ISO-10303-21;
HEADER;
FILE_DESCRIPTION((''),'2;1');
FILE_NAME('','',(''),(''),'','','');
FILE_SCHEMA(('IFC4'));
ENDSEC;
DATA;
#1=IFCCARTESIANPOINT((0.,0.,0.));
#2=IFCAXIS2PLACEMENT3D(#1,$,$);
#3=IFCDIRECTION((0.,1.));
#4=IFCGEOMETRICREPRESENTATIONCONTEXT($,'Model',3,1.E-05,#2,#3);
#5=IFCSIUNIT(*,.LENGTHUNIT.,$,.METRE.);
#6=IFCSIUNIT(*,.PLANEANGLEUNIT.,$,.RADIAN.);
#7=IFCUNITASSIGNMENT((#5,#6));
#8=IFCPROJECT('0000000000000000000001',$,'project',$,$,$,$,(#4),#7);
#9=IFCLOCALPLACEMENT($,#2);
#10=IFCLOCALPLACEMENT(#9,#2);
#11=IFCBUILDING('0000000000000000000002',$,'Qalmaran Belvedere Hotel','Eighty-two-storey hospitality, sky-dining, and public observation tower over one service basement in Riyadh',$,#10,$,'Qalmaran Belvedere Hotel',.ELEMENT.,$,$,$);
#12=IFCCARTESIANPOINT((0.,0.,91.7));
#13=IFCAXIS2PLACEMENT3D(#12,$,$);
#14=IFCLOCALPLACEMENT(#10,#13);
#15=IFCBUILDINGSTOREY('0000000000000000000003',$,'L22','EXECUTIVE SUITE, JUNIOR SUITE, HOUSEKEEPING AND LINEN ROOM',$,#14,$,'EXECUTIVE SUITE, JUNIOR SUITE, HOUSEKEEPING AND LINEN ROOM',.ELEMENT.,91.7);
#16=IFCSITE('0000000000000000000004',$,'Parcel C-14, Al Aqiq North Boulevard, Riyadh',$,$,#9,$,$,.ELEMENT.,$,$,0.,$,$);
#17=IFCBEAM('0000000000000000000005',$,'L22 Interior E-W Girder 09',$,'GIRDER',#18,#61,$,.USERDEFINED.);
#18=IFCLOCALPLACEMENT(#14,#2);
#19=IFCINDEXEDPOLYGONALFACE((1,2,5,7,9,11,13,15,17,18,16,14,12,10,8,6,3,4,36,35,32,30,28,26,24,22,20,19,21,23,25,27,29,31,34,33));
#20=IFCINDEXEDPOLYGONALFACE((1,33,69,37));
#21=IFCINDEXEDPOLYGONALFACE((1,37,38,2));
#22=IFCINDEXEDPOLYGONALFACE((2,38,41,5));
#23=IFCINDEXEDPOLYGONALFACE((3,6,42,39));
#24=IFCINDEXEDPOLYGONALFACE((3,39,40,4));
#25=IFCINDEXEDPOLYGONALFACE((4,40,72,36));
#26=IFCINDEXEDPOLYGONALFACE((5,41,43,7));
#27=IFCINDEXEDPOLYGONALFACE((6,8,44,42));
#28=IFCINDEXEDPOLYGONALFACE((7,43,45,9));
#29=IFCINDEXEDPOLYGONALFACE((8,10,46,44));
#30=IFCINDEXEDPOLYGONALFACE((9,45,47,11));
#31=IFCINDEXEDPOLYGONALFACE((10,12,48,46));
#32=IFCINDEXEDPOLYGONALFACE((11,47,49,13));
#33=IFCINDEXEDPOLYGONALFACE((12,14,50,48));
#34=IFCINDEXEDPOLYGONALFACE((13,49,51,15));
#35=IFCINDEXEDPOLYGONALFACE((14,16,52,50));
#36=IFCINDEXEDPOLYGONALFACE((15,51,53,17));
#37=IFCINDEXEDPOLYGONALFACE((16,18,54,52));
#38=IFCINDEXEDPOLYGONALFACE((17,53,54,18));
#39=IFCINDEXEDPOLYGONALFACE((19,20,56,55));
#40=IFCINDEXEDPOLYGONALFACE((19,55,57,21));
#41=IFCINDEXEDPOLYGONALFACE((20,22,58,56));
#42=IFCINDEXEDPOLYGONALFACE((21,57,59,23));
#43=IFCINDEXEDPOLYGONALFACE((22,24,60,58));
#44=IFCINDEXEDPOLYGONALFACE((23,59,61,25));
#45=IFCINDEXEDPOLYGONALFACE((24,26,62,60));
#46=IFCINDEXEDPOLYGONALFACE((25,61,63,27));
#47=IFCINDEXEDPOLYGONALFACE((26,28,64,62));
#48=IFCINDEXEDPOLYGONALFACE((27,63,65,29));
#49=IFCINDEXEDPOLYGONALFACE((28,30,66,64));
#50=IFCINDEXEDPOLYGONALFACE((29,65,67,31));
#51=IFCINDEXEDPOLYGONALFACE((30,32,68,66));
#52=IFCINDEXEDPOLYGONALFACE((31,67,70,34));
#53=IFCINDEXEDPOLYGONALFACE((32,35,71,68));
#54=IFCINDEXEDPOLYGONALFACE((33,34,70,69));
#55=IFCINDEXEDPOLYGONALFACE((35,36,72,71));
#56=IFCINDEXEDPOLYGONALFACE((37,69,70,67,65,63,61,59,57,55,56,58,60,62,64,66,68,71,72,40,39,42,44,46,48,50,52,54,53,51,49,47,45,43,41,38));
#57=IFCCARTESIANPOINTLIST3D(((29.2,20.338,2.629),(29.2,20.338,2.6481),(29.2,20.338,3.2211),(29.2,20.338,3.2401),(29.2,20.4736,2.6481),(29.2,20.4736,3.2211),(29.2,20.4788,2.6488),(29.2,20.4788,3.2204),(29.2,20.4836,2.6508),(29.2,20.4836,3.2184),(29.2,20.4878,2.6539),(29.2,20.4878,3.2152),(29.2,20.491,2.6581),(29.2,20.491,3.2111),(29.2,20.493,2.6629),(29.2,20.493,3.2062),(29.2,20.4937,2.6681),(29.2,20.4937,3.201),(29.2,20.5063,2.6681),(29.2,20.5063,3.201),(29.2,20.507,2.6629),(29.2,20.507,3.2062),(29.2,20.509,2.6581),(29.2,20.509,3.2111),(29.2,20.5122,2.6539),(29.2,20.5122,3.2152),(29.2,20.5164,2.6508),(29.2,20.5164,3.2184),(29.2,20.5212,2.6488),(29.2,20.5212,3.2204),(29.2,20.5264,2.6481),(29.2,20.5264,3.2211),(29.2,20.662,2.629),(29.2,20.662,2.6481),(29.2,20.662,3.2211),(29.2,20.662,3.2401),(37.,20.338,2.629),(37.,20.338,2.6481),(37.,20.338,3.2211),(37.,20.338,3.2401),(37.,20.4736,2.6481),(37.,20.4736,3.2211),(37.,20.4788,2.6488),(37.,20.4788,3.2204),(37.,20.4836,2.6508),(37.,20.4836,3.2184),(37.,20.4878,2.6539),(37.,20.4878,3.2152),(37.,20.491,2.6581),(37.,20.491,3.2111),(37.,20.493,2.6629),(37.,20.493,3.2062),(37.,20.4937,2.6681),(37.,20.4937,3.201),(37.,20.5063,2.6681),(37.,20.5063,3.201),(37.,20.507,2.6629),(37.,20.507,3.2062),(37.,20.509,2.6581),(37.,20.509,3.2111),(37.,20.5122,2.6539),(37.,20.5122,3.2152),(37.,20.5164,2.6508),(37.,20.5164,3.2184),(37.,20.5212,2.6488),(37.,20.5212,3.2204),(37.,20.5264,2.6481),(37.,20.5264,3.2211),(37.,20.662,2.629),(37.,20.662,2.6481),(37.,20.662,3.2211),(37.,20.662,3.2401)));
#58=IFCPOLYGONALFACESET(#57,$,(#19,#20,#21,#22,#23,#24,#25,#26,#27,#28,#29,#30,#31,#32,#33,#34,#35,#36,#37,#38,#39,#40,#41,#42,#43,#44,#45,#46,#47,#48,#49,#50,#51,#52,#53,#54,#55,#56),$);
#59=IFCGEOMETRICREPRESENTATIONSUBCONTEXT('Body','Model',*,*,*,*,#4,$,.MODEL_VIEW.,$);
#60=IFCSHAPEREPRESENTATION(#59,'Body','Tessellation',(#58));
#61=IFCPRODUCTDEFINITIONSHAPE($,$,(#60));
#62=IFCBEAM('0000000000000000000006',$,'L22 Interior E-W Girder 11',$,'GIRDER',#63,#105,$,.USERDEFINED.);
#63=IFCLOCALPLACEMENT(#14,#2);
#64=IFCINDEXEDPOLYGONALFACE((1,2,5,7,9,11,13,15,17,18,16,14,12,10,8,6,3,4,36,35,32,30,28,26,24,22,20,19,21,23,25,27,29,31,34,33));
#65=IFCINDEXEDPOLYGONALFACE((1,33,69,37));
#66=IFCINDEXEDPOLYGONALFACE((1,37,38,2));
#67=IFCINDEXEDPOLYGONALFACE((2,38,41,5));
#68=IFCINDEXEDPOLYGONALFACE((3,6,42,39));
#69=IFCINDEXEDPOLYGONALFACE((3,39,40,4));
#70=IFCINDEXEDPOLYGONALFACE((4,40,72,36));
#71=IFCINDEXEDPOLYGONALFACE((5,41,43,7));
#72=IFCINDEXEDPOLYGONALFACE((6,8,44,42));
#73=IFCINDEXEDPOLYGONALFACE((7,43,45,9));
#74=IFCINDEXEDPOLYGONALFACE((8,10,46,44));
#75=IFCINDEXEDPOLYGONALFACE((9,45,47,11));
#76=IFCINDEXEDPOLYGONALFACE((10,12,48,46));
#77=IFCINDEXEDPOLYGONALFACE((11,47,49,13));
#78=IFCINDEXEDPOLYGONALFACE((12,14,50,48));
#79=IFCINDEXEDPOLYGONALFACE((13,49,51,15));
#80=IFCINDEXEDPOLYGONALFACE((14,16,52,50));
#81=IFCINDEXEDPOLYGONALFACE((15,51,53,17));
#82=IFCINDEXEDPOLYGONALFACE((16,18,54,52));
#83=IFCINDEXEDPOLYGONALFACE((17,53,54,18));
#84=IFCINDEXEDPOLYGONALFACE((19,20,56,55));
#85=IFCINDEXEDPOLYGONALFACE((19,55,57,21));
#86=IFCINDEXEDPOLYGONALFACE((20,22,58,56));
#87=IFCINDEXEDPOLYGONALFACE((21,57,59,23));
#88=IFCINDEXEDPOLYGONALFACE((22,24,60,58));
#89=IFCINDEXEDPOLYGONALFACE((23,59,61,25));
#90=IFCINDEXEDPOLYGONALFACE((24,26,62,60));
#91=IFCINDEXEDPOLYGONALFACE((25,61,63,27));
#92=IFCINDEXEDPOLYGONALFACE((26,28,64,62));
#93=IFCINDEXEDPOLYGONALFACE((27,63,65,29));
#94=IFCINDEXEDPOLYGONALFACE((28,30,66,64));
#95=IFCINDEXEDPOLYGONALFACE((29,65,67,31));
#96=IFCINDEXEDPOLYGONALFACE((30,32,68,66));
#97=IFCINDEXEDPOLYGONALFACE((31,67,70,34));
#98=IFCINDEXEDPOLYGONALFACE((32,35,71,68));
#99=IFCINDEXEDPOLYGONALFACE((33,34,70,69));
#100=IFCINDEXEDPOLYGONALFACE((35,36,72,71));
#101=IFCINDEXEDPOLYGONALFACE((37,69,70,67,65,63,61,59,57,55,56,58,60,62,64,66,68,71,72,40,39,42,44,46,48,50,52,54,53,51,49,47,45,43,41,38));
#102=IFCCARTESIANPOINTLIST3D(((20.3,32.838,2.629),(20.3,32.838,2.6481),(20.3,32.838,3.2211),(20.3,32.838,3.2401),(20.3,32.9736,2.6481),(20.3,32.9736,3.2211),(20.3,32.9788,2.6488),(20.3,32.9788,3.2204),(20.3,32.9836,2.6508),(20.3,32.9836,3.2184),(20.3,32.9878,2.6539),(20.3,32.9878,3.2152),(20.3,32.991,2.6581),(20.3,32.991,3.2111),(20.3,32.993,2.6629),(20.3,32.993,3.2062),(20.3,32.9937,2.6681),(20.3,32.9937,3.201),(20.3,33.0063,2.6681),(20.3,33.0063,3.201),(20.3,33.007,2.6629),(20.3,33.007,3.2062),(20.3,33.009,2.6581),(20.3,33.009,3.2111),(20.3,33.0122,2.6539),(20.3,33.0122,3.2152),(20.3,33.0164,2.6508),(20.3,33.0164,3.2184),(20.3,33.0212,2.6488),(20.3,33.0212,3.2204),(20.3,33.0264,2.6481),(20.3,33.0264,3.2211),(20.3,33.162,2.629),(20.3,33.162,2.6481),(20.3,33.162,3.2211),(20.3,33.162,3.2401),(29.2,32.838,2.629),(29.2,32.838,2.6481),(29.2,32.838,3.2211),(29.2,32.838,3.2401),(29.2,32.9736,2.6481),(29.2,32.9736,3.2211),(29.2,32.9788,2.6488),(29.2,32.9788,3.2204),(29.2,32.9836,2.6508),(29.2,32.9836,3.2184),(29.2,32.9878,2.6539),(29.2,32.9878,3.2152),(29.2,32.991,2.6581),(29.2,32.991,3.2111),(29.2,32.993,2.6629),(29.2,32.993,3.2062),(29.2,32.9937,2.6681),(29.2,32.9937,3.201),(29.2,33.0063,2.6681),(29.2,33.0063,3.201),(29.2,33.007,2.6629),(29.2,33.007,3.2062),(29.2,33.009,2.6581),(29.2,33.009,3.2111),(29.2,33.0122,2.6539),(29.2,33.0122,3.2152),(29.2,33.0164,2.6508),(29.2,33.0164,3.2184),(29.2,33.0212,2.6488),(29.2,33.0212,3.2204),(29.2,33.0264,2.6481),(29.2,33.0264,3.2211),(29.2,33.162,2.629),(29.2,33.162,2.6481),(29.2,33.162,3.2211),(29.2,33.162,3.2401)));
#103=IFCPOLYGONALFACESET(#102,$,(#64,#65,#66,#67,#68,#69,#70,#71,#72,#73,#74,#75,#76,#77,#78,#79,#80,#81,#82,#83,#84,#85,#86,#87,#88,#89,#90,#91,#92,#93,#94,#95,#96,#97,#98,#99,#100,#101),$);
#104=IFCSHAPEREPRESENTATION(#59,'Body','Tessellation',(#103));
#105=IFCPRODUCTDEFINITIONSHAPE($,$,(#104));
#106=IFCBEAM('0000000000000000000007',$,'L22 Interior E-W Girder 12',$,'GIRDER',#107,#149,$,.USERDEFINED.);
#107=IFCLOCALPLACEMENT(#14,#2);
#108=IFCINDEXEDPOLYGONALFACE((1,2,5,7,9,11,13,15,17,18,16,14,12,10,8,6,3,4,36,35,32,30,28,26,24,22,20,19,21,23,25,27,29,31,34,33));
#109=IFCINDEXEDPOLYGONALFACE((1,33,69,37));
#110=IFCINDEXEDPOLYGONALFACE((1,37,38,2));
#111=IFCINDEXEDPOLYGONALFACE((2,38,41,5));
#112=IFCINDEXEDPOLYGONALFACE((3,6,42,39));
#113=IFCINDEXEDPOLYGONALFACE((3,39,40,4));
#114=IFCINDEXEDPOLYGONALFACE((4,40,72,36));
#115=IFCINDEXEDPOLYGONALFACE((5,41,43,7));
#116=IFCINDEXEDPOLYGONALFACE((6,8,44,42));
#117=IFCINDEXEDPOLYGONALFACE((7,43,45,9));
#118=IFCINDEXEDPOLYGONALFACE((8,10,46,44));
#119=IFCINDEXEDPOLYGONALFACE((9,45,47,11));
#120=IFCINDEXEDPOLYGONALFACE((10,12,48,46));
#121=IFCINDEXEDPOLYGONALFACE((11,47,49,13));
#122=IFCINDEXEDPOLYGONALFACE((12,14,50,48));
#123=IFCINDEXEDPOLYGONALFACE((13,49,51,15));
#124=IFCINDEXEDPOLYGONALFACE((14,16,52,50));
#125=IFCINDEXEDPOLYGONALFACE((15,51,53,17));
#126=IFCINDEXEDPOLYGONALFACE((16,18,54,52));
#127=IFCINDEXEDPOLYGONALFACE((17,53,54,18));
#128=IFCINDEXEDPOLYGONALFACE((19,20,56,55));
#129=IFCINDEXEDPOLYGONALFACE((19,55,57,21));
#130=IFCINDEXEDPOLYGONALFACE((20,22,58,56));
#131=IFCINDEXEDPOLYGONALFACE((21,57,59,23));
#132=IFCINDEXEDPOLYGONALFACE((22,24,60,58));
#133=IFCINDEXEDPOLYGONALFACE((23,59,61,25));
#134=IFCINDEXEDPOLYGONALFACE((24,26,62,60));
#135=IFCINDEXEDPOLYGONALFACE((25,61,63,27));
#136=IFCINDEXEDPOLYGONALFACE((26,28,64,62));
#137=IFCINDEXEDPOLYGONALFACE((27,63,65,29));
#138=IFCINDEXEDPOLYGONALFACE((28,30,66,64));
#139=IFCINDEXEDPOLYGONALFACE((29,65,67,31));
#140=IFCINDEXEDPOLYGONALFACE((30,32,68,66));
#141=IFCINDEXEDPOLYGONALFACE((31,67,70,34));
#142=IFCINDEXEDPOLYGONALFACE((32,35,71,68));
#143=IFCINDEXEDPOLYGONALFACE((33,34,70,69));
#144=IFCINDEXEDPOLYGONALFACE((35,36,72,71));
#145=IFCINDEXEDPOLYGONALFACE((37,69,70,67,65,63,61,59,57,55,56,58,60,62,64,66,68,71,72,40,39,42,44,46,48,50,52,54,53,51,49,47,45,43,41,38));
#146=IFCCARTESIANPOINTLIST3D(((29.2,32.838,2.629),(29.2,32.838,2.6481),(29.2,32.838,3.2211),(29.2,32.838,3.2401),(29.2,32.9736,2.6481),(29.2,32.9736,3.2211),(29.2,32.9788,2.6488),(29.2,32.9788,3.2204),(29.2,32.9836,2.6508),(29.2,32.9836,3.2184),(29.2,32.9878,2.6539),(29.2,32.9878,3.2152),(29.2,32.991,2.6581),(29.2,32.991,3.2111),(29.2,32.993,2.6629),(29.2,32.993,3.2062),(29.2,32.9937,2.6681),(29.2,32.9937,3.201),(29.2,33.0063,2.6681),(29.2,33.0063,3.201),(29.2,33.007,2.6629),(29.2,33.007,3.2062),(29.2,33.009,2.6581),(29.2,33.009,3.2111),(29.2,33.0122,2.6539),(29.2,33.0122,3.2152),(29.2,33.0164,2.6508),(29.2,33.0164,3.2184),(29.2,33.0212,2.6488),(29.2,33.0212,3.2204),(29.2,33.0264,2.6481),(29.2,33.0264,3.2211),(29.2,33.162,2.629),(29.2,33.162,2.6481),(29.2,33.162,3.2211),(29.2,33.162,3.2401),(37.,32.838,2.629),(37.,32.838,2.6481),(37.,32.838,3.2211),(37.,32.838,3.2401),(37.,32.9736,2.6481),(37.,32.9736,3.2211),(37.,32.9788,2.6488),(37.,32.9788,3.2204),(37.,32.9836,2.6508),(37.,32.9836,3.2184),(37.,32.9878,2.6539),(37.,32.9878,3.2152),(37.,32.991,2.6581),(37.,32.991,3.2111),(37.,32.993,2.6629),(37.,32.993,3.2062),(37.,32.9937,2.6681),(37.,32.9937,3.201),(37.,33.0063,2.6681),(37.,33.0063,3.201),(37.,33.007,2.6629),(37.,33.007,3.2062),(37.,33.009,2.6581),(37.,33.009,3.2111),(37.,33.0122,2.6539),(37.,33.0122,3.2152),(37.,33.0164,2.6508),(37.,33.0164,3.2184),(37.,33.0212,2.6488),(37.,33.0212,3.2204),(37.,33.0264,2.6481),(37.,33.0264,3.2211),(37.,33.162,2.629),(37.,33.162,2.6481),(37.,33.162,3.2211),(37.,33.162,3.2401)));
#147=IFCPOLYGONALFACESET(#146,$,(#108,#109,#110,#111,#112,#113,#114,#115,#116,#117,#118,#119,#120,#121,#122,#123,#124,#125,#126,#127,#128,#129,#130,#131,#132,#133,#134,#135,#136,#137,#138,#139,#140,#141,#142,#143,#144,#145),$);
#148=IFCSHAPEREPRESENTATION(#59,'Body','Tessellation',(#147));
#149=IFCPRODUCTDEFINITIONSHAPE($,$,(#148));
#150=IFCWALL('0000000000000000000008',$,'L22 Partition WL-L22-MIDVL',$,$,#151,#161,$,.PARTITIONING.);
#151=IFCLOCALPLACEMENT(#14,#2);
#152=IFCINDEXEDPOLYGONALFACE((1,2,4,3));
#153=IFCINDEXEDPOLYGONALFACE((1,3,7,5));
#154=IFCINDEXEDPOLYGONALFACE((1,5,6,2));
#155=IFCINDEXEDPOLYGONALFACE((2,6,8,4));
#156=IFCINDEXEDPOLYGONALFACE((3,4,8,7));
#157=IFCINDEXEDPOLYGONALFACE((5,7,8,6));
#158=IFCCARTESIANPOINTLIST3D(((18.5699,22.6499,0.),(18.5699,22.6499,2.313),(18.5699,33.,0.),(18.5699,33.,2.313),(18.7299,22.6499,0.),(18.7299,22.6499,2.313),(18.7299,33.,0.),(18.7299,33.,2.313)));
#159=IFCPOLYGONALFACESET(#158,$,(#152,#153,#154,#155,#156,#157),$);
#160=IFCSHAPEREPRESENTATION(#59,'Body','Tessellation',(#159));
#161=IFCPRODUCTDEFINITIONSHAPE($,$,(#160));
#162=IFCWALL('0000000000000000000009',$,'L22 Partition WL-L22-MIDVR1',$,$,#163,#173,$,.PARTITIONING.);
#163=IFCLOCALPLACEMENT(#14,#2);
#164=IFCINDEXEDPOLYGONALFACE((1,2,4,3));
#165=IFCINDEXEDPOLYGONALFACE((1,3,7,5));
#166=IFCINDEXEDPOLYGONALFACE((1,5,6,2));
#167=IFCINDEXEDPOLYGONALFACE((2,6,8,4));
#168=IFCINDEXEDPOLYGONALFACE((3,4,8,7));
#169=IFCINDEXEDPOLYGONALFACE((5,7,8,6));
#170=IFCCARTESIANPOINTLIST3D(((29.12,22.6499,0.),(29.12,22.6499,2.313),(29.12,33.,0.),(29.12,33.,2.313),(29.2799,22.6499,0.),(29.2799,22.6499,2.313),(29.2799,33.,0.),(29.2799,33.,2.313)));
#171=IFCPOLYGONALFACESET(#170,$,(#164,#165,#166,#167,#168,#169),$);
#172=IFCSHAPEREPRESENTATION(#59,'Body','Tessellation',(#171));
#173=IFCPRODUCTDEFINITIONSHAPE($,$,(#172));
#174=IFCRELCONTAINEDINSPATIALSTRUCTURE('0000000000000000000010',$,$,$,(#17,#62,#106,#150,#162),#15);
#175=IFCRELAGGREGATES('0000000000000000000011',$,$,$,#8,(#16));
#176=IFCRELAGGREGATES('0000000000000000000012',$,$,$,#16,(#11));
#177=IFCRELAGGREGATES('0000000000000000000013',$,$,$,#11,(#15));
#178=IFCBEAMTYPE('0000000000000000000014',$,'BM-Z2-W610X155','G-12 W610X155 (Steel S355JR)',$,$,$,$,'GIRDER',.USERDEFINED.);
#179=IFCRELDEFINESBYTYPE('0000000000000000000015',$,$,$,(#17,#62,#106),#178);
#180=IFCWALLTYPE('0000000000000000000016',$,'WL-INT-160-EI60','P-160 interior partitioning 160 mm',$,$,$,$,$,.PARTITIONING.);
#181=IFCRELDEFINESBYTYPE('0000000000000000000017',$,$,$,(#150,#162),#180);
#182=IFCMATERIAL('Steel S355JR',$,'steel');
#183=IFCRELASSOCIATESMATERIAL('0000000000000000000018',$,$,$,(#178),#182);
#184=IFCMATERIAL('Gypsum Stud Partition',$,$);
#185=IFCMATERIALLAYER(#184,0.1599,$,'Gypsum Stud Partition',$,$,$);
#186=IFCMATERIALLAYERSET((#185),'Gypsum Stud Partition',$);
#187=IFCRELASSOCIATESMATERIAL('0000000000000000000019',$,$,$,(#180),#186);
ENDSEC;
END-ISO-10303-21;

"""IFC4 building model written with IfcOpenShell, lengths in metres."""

from ifc_helpers import new_model, si_unit, direction, frame, frame_2d, origin, origin_2d, place, context, subcontext, project, spatial, rectangle, i_section, extrude, material, layer, layer_set, material_profile, profile_set, type_object, element, save


model = new_model("IFC4")

# Units and contexts
model_context = context("Model", 3, precision=1e-05, world=origin(), true_north=direction((0.0, 1.0)))
body_context = subcontext(model_context, "Body", "Model", "MODEL_VIEW")
ifc_project = project(units=[si_unit("LENGTHUNIT", "METRE"), si_unit("PLANEANGLEUNIT", "RADIAN")], contexts=[model_context])

# Site, building, storey
site_placement = place(None, origin())
site = spatial("IfcSite", under=ifc_project, at=site_placement, Name="Parcel C-14, Al Aqiq North Boulevard, Riyadh", CompositionType="ELEMENT", RefElevation=0.0)
building_placement = place(site_placement, origin())
building = spatial("IfcBuilding", under=site, at=building_placement, Name="Qalmaran Belvedere Hotel", Description="Eighty-two-storey hospitality, sky-dining, and public observation tower over one service basement in Riyadh", LongName="Qalmaran Belvedere Hotel", CompositionType="ELEMENT")
storey_placement = place(building_placement, frame((0.0, 0.0, 91.7)))
storey = spatial("IfcBuildingStorey", under=building, at=storey_placement, Name="L22", Description="EXECUTIVE SUITE, JUNIOR SUITE, HOUSEKEEPING AND LINEN ROOM", LongName="EXECUTIVE SUITE, JUNIOR SUITE, HOUSEKEEPING AND LINEN ROOM", CompositionType="ELEMENT", Elevation=91.7)

# Beams
ifc_material_1 = material(Name="Steel S355JR", Category="steel")
ifc_material_profile_1 = material_profile(ifc_material_1, i_section(OverallWidth=0.324, OverallDepth=0.6111, WebThickness=0.0127, FlangeThickness=0.019, FilletRadius=0.02, at=origin_2d()), Name="W610X155")
ifc_profile_set_1 = profile_set([ifc_material_profile_1], Name="Steel S355JR")
beam_type_1 = type_object("IfcBeamType", Name="BM-Z2-W610X155", Description="G-12 W610X155 (Steel S355JR)", ElementType="GIRDER", PredefinedType="USERDEFINED", material=ifc_profile_set_1)
beam_1_placement = place(storey_placement, frame((29.2, 20.5, 2.9346), z_axis=(1.0, 0.0, 0.0), x_axis=(0.0, 1.0, 0.0)))
element("IfcBeam", 1, at=beam_1_placement, inside=storey, type_object=beam_type_1, Name="L22 Interior E-W Girder 09", ObjectType="GIRDER", PredefinedType="USERDEFINED", context=body_context, shape_type="SweptSolid", body=[
    extrude(i_section(OverallWidth=0.324, OverallDepth=0.6111, WebThickness=0.0127, FlangeThickness=0.019, FilletRadius=0.02, at=origin_2d()), origin(), (0.0, 0.0, 1.0), 7.8),
])
beam_2_placement = place(storey_placement, frame((20.3, 33.0, 2.9346), z_axis=(1.0, 0.0, 0.0), x_axis=(0.0, 1.0, 0.0)))
element("IfcBeam", 2, at=beam_2_placement, inside=storey, type_object=beam_type_1, Name="L22 Interior E-W Girder 11", ObjectType="GIRDER", PredefinedType="USERDEFINED", context=body_context, shape_type="SweptSolid", body=[
    extrude(i_section(OverallWidth=0.324, OverallDepth=0.6111, WebThickness=0.0127, FlangeThickness=0.019, FilletRadius=0.02, at=origin_2d()), origin(), (0.0, 0.0, 1.0), 8.8999),
])
beam_3_placement = place(storey_placement, frame((29.2, 33.0, 2.9346), z_axis=(1.0, 0.0, 0.0), x_axis=(0.0, 1.0, 0.0)))
element("IfcBeam", 3, at=beam_3_placement, inside=storey, type_object=beam_type_1, Name="L22 Interior E-W Girder 12", ObjectType="GIRDER", PredefinedType="USERDEFINED", context=body_context, shape_type="SweptSolid", body=[
    extrude(i_section(OverallWidth=0.324, OverallDepth=0.6111, WebThickness=0.0127, FlangeThickness=0.019, FilletRadius=0.02, at=origin_2d()), origin(), (0.0, 0.0, 1.0), 7.8),
])

# Shared definitions
ifc_material_2 = material(Name="Gypsum Stud Partition")

# Walls
ifc_layer_1 = layer(ifc_material_2, 0.1599, Name="Gypsum Stud Partition")
ifc_layer_set_1 = layer_set([ifc_layer_1], Name="Gypsum Stud Partition")
wall_type_1 = type_object("IfcWallType", Name="WL-INT-160-EI60", Description="P-160 interior partitioning 160 mm", PredefinedType="PARTITIONING", material=ifc_layer_set_1)
for number, where, z_axis, x_axis, name in (
    (4, (18.6499, 22.6499, 0.0), (0.0, 0.0, 1.0), (0.0, 1.0, 0.0), "L22 Partition WL-L22-MIDVL"),
    (5, (29.2, 22.6499, 0.0), (0.0, 0.0, 1.0), (0.0, 1.0, 0.0), "L22 Partition WL-L22-MIDVR1"),
):
    element("IfcWall", number, at=place(storey_placement, frame(where, z_axis=z_axis, x_axis=x_axis)), inside=storey, type_object=wall_type_1, Name=name, PredefinedType="PARTITIONING", context=body_context, shape_type="SweptSolid", body=[
        extrude(rectangle(XDim=10.3501, YDim=0.1599, at=frame_2d((5.175, 0.0))), origin(), (0.0, 0.0, 1.0), 2.313),
    ])

save(model, "model.ifc")
